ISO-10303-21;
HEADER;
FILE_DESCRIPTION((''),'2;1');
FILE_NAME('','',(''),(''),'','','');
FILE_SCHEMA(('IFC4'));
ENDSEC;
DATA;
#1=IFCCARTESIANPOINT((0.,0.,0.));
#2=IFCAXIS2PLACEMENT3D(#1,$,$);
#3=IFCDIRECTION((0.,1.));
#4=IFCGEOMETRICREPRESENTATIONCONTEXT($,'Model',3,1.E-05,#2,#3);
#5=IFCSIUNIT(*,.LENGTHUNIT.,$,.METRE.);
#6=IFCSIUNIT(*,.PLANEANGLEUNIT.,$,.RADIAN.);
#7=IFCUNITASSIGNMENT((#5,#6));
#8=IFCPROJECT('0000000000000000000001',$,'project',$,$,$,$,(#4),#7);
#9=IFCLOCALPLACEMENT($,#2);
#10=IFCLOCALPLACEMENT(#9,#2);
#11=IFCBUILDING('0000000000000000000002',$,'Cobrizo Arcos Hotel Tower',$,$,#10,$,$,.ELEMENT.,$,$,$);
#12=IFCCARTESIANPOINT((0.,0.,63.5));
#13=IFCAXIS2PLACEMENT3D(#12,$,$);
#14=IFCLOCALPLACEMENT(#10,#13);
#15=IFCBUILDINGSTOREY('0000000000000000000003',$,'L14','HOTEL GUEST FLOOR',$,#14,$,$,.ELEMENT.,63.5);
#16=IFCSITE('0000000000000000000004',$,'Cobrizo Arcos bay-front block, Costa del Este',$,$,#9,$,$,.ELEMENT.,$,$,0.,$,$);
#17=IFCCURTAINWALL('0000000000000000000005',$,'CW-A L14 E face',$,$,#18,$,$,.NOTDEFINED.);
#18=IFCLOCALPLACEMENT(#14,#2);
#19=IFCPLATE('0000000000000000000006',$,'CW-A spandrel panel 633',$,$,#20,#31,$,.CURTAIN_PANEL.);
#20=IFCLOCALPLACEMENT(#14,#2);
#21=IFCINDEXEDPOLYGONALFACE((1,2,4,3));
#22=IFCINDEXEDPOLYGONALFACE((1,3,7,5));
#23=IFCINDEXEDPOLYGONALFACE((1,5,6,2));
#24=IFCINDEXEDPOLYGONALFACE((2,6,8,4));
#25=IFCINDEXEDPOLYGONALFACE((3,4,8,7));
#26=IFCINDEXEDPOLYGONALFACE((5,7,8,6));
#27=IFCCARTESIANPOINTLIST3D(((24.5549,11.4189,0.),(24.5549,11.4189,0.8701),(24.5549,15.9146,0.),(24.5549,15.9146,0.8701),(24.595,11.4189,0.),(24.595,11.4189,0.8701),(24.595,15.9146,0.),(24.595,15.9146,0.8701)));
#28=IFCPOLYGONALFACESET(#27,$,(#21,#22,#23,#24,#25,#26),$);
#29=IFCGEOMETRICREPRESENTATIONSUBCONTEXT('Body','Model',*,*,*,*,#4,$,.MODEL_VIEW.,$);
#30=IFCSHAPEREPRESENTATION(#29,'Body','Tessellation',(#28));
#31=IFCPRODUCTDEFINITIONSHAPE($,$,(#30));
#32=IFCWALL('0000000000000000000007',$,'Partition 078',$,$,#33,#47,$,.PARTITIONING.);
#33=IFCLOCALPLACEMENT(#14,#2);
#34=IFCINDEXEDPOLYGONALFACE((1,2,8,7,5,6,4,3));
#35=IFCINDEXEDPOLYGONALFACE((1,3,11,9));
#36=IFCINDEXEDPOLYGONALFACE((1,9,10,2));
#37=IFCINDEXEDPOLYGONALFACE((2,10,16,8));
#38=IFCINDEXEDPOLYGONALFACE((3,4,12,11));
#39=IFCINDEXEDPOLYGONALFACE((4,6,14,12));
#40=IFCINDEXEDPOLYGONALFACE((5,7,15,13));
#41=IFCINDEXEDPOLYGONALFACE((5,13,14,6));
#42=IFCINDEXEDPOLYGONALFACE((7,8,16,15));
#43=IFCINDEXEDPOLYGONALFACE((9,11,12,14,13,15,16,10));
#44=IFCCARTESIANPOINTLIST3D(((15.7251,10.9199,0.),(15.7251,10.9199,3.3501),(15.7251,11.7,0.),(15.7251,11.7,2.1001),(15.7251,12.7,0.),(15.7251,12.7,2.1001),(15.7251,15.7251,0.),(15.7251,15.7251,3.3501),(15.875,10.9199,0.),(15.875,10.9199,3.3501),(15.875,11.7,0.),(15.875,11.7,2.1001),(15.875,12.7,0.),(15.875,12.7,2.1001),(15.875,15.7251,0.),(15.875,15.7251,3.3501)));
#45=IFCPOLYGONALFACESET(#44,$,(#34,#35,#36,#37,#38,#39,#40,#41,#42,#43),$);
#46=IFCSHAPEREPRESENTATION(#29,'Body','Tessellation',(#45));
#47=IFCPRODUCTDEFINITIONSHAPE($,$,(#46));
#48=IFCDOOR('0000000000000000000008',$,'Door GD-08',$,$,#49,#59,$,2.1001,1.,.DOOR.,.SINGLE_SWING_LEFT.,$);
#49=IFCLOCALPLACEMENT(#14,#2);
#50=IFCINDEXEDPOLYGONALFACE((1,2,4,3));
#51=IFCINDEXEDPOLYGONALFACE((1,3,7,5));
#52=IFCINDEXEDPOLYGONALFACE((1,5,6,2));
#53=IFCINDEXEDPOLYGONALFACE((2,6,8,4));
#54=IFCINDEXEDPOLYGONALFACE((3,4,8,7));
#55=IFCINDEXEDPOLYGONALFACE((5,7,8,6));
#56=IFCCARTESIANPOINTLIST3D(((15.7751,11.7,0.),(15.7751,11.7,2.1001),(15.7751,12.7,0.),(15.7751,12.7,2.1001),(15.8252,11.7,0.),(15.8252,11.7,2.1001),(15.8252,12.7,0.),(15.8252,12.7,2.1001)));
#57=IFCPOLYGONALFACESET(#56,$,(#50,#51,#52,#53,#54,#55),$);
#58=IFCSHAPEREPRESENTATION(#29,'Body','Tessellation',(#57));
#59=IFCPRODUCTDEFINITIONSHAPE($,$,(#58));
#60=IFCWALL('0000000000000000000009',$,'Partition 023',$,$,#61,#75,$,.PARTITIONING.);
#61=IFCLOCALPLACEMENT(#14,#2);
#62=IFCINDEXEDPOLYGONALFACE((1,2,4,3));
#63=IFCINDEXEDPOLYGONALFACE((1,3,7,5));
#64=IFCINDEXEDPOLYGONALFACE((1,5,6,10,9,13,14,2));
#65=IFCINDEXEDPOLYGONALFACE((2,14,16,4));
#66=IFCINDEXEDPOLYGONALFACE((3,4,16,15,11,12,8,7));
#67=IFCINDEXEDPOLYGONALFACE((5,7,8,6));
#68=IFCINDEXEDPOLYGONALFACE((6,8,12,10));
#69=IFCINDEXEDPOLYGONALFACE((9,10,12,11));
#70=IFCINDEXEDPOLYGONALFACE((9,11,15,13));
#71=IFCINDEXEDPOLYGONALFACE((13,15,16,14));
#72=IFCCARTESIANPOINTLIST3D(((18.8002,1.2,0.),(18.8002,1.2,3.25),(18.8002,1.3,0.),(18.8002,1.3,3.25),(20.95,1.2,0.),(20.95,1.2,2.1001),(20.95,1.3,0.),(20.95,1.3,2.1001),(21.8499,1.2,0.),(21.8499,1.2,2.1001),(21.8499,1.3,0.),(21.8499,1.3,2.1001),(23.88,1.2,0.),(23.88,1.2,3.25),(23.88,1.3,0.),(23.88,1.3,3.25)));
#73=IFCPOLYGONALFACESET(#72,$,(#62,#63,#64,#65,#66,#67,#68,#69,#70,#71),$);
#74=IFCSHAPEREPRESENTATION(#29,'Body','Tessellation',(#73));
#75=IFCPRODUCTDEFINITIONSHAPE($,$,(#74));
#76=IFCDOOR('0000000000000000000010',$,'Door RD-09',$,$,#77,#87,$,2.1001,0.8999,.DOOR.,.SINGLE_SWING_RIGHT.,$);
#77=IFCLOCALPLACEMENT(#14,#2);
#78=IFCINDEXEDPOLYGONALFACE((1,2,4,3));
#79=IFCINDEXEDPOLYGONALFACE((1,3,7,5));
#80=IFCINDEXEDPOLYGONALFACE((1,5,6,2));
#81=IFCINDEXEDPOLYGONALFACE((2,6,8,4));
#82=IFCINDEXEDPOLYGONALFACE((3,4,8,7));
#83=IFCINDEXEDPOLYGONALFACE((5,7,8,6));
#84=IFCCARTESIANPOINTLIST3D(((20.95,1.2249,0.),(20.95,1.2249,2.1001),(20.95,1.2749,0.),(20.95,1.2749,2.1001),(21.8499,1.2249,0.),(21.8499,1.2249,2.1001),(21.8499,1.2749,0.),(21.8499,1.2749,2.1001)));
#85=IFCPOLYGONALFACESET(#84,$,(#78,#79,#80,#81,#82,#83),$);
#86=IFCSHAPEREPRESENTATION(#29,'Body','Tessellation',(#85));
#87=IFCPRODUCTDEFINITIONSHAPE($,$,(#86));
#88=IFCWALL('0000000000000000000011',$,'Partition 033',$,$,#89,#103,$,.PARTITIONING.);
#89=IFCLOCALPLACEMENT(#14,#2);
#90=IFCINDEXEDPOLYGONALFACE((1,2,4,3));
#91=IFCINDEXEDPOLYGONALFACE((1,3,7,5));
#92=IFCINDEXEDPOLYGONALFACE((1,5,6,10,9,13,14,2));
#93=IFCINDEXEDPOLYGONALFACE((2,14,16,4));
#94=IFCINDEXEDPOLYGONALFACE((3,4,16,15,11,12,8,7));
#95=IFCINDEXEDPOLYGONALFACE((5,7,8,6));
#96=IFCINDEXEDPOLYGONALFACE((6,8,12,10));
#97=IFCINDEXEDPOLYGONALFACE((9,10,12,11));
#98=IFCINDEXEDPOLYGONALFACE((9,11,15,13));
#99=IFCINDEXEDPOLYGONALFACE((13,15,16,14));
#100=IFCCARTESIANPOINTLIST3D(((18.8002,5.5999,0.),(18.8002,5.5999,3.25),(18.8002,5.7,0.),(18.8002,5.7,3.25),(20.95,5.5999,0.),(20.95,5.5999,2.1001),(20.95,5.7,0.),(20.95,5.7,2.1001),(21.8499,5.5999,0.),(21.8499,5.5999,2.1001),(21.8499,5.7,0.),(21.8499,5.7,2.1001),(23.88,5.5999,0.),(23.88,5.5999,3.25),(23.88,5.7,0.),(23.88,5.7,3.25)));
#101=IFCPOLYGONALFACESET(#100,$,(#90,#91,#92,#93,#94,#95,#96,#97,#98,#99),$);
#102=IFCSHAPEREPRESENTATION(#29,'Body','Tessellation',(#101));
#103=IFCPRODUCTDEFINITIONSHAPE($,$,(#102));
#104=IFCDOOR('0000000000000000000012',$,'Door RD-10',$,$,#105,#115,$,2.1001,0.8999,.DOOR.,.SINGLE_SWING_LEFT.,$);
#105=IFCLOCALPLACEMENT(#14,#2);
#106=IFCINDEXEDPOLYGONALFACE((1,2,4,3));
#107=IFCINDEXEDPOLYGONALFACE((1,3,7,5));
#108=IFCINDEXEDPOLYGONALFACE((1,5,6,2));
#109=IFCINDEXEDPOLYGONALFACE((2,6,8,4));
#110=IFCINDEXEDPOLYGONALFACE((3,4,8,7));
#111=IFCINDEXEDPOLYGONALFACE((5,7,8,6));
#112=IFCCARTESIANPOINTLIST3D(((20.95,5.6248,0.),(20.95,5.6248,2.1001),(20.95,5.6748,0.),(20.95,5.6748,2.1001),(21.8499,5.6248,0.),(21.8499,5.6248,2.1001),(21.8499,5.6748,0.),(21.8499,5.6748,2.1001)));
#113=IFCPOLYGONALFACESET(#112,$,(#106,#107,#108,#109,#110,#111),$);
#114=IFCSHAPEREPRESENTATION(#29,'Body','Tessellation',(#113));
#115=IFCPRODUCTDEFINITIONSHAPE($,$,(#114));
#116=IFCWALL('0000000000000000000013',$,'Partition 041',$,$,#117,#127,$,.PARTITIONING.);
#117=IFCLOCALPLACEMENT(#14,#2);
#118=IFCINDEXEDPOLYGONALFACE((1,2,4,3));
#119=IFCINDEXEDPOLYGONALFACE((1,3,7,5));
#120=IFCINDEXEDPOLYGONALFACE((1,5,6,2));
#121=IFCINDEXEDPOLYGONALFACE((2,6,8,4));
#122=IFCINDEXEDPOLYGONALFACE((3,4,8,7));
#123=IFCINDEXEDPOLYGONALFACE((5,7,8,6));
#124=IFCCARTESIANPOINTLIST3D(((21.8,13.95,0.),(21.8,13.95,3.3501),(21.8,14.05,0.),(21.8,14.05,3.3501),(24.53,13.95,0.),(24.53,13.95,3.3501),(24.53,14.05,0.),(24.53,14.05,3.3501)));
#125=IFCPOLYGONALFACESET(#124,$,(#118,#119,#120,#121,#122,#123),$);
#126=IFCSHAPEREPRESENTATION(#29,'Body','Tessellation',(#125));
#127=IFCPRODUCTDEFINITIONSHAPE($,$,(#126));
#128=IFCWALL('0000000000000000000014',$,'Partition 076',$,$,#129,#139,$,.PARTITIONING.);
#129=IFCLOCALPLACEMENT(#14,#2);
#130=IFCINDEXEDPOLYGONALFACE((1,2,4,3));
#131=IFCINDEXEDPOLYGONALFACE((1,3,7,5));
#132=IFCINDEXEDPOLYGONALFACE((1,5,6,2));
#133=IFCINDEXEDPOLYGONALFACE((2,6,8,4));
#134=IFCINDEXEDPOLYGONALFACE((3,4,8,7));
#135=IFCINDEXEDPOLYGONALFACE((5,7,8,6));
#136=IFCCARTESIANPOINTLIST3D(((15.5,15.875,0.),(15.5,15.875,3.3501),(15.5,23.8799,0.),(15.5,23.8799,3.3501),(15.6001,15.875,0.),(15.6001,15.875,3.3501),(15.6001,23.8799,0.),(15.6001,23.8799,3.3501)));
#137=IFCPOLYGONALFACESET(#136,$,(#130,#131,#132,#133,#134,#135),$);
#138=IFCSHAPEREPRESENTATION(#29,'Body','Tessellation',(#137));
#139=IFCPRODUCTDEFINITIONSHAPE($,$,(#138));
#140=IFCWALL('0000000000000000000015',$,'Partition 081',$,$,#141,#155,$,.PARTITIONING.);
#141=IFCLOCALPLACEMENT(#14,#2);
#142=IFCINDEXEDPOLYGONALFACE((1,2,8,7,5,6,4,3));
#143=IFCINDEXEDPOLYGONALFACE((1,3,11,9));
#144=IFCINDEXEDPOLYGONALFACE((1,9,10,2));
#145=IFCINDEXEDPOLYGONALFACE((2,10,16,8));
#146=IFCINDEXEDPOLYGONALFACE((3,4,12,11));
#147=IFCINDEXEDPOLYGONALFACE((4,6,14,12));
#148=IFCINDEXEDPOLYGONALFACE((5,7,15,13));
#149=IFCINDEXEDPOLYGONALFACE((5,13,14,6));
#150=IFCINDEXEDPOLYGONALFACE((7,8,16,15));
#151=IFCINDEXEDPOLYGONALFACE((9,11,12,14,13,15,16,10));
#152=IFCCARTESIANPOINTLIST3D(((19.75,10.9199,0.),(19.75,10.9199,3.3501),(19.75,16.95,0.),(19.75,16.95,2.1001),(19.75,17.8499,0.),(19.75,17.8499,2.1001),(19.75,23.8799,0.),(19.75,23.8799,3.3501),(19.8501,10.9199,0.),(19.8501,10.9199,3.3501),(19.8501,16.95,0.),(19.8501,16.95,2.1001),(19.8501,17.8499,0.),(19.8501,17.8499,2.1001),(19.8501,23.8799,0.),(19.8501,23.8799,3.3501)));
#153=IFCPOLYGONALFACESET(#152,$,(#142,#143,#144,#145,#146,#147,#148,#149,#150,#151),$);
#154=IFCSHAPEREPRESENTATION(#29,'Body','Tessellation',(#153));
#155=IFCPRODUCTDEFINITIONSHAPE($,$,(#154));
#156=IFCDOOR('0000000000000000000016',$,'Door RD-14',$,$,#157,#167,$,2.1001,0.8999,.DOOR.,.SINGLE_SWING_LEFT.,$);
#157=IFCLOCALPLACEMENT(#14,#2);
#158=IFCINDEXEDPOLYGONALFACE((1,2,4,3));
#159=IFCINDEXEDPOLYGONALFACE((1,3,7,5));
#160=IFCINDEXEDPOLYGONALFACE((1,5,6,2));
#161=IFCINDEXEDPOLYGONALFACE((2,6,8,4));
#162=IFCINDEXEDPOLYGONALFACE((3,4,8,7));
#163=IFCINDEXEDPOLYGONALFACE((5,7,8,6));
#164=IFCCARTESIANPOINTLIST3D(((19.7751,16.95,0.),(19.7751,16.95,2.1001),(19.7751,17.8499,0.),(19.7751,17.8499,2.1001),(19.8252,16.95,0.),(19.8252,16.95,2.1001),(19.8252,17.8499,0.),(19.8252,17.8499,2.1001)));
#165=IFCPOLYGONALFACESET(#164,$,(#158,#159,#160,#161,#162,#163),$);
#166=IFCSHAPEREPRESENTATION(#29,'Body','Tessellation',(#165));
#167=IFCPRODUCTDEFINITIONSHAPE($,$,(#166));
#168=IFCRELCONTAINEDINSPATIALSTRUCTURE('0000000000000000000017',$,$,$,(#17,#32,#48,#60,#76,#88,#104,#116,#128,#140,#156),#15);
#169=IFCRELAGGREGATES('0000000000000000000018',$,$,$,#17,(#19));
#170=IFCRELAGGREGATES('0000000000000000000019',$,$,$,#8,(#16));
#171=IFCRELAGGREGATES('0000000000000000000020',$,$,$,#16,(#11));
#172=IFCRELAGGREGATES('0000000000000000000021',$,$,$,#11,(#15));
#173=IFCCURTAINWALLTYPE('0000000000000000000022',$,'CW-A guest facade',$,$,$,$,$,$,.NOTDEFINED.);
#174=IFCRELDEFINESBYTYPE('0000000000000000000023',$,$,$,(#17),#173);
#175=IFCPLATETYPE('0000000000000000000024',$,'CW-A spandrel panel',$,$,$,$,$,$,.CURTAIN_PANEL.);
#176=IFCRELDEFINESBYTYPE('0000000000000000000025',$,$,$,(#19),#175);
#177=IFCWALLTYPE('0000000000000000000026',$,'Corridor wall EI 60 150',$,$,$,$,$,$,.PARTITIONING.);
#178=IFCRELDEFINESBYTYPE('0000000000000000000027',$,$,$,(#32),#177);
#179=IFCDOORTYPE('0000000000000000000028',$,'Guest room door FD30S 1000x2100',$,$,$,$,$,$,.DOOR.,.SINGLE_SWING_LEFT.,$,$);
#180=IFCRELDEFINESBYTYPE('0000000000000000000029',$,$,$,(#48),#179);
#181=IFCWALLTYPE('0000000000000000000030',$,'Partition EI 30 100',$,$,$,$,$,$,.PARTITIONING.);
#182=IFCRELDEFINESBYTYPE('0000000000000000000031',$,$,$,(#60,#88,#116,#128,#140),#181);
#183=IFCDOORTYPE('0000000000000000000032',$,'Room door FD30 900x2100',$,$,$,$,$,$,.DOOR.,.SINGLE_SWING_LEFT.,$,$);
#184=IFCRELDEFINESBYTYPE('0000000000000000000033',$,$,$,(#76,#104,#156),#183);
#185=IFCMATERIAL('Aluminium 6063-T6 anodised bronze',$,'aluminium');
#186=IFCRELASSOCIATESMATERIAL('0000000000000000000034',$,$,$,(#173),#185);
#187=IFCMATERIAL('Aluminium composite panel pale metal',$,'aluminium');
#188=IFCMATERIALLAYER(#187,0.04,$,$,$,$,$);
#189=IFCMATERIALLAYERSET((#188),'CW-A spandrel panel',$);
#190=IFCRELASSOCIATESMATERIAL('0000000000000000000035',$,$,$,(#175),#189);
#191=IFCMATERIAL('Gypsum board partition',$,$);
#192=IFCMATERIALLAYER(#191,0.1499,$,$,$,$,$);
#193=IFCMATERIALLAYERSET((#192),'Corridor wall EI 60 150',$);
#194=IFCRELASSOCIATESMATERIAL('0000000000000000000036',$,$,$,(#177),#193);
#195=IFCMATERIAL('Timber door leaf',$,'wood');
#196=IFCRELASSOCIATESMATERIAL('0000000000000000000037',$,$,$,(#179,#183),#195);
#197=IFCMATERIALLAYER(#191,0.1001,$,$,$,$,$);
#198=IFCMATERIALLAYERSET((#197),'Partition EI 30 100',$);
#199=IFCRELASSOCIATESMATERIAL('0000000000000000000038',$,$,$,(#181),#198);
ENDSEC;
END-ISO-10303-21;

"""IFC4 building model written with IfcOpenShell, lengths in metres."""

from ifc_helpers import new_model, si_unit, direction, frame, frame_2d, origin, origin_2d, place, context, subcontext, project, spatial, rectangle, extrude, material, layer, layer_set, type_object, element, fill, aggregate, save


model = new_model("IFC4")

# Units and contexts
model_context = context("Model", 3, precision=1e-05, world=origin(), true_north=direction((0.0, 1.0)))
body_context = subcontext(model_context, "Body", "Model", "MODEL_VIEW")
ifc_project = project(units=[si_unit("LENGTHUNIT", "METRE"), si_unit("PLANEANGLEUNIT", "RADIAN")], contexts=[model_context])

# Site, building, storey
site_placement = place(None, origin())
site = spatial("IfcSite", under=ifc_project, at=site_placement, Name="Cobrizo Arcos bay-front block, Costa del Este", CompositionType="ELEMENT", RefElevation=0.0)
building_placement = place(site_placement, origin())
building = spatial("IfcBuilding", under=site, at=building_placement, Name="Cobrizo Arcos Hotel Tower", CompositionType="ELEMENT")
storey_placement = place(building_placement, frame((0.0, 0.0, 63.5)))
storey = spatial("IfcBuildingStorey", under=building, at=storey_placement, Name="L14", Description="HOTEL GUEST FLOOR", CompositionType="ELEMENT", Elevation=63.5)

# Curtain wall
ifc_material_1 = material(Name="Aluminium 6063-T6 anodised bronze", Category="aluminium")
curtain_wall_type = type_object("IfcCurtainWallType", Name="CW-A guest facade", PredefinedType="NOTDEFINED", material=ifc_material_1)
curtain_wall_placement = place(storey_placement, origin())
curtain_wall = element("IfcCurtainWall", 1, at=curtain_wall_placement, inside=storey, type_object=curtain_wall_type, Name="CW-A L14 E face", PredefinedType="NOTDEFINED")

# Plate
ifc_material_2 = material(Name="Aluminium composite panel pale metal", Category="aluminium")
ifc_layer_1 = layer(ifc_material_2, 0.04)
ifc_layer_set_1 = layer_set([ifc_layer_1], Name="CW-A spandrel panel")
plate_type_1 = type_object("IfcPlateType", Name="CW-A spandrel panel", PredefinedType="CURTAIN_PANEL", material=ifc_layer_set_1)
plate_1_placement = place(storey_placement, frame((24.575, 13.6667, 0.0), z_axis=(0.0, 0.0, 1.0), x_axis=(0.0, 1.0, 0.0)))
plate_1 = element("IfcPlate", 2, at=plate_1_placement, type_object=plate_type_1, Name="CW-A spandrel panel 633", PredefinedType="CURTAIN_PANEL", context=body_context, shape_type="SweptSolid", body=[
    extrude(rectangle(XDim=4.4956, YDim=0.04, at=origin_2d()), origin(), (0.0, 0.0, 1.0), 0.8701),
])
aggregate(curtain_wall, [plate_1])

# Walls, openings, doors
ifc_material_3 = material(Name="Gypsum board partition")
ifc_layer_2 = layer(ifc_material_3, 0.1499)
ifc_layer_set_2 = layer_set([ifc_layer_2], Name="Corridor wall EI 60 150")
wall_type_1 = type_object("IfcWallType", Name="Corridor wall EI 60 150", PredefinedType="PARTITIONING", material=ifc_layer_set_2)
wall_1_placement = place(storey_placement, frame((15.8, 10.9199, 0.0), z_axis=(0.0, 0.0, 1.0), x_axis=(0.0, 1.0, 0.0)))
wall_1 = element("IfcWall", 3, at=wall_1_placement, inside=storey, type_object=wall_type_1, Name="Partition 078", PredefinedType="PARTITIONING", context=body_context, shape_type="SweptSolid", body=[
    extrude(rectangle(XDim=4.8052, YDim=0.1499, at=frame_2d((2.4026, 0.0))), origin(), (0.0, 0.0, 1.0), 3.3501),
])
opening_1_placement = place(wall_1_placement, frame((0.78, 0.0, 0.0)))
opening_1 = element("IfcOpeningElement", 4, at=opening_1_placement, cuts=wall_1, PredefinedType="OPENING", context=body_context, shape_type="SweptSolid", body=[
    extrude(rectangle(XDim=1.0, YDim=2.1001, at=frame_2d((0.5, 1.05))), frame((0.0, 0.0869, 0.0), z_axis=(0.0, -1.0, 0.0), x_axis=(1.0, 0.0, 0.0)), (0.0, 0.0, 1.0), 0.1738),
])
ifc_material_4 = material(Name="Timber door leaf", Category="wood")
door_type_1 = type_object("IfcDoorType", Name="Guest room door FD30S 1000x2100", OperationType="SINGLE_SWING_LEFT", PredefinedType="DOOR", material=ifc_material_4)
door_1_placement = place(opening_1_placement, origin())
door_1 = element("IfcDoor", 5, at=door_1_placement, inside=storey, type_object=door_type_1, Name="Door GD-08", OperationType="SINGLE_SWING_LEFT", OverallHeight=2.1001, OverallWidth=1.0, PredefinedType="DOOR", context=body_context, shape_type="SweptSolid", body=[
    extrude(rectangle(XDim=1.0, YDim=2.1001, at=frame_2d((0.5, 1.05))), frame((0.0, 0.0249, 0.0), z_axis=(0.0, -1.0, 0.0), x_axis=(1.0, 0.0, 0.0)), (0.0, 0.0, 1.0), 0.05),
])
fill(opening_1, door_1)
ifc_layer_3 = layer(ifc_material_3, 0.1001)
ifc_layer_set_3 = layer_set([ifc_layer_3], Name="Partition EI 30 100")
wall_type_2 = type_object("IfcWallType", Name="Partition EI 30 100", PredefinedType="PARTITIONING", material=ifc_layer_set_3)
wall_2_placement = place(storey_placement, frame((18.8, 1.25, 0.0), z_axis=(0.0, 0.0, 1.0), x_axis=(1.0, 0.0, 0.0)))
wall_2 = element("IfcWall", 6, at=wall_2_placement, inside=storey, type_object=wall_type_2, Name="Partition 023", PredefinedType="PARTITIONING", context=body_context, shape_type="SweptSolid", body=[
    extrude(rectangle(XDim=5.0798, YDim=0.1001, at=frame_2d((2.54, 0.0))), origin(), (0.0, 0.0, 1.0), 3.25),
])
opening_2_placement = place(wall_2_placement, frame((2.1499, 0.0, 0.0)))
opening_2 = element("IfcOpeningElement", 7, at=opening_2_placement, cuts=wall_2, PredefinedType="OPENING", context=body_context, shape_type="SweptSolid", body=[
    extrude(rectangle(XDim=0.8999, YDim=2.1001, at=frame_2d((0.45, 1.05))), frame((0.0, 0.062, 0.0), z_axis=(0.0, -1.0, 0.0), x_axis=(1.0, 0.0, 0.0)), (0.0, 0.0, 1.0), 0.124),
])
door_type_2 = type_object("IfcDoorType", Name="Room door FD30 900x2100", OperationType="SINGLE_SWING_LEFT", PredefinedType="DOOR", material=ifc_material_4)
door_2_placement = place(opening_2_placement, origin())
door_2 = element("IfcDoor", 8, at=door_2_placement, inside=storey, type_object=door_type_2, Name="Door RD-09", OperationType="SINGLE_SWING_RIGHT", OverallHeight=2.1001, OverallWidth=0.8999, PredefinedType="DOOR", context=body_context, shape_type="SweptSolid", body=[
    extrude(rectangle(XDim=0.8999, YDim=2.1001, at=frame_2d((0.45, 1.05))), frame((0.0, 0.0249, 0.0), z_axis=(0.0, -1.0, 0.0), x_axis=(1.0, 0.0, 0.0)), (0.0, 0.0, 1.0), 0.05),
])
fill(opening_2, door_2)
wall_3_placement = place(storey_placement, frame((18.8, 5.6499, 0.0), z_axis=(0.0, 0.0, 1.0), x_axis=(1.0, 0.0, 0.0)))
wall_3 = element("IfcWall", 9, at=wall_3_placement, inside=storey, type_object=wall_type_2, Name="Partition 033", PredefinedType="PARTITIONING", context=body_context, shape_type="SweptSolid", body=[
    extrude(rectangle(XDim=5.0798, YDim=0.1001, at=frame_2d((2.54, 0.0))), origin(), (0.0, 0.0, 1.0), 3.25),
])
opening_3_placement = place(wall_3_placement, frame((2.1499, 0.0, 0.0)))
opening_3 = element("IfcOpeningElement", 10, at=opening_3_placement, cuts=wall_3, PredefinedType="OPENING", context=body_context, shape_type="SweptSolid", body=[
    extrude(rectangle(XDim=0.8999, YDim=2.1001, at=frame_2d((0.45, 1.05))), frame((0.0, 0.062, 0.0), z_axis=(0.0, -1.0, 0.0), x_axis=(1.0, 0.0, 0.0)), (0.0, 0.0, 1.0), 0.124),
])
door_3_placement = place(opening_3_placement, origin())
door_3 = element("IfcDoor", 11, at=door_3_placement, inside=storey, type_object=door_type_2, Name="Door RD-10", OperationType="SINGLE_SWING_LEFT", OverallHeight=2.1001, OverallWidth=0.8999, PredefinedType="DOOR", context=body_context, shape_type="SweptSolid", body=[
    extrude(rectangle(XDim=0.8999, YDim=2.1001, at=frame_2d((0.45, 1.05))), frame((0.0, 0.0249, 0.0), z_axis=(0.0, -1.0, 0.0), x_axis=(1.0, 0.0, 0.0)), (0.0, 0.0, 1.0), 0.05),
])
fill(opening_3, door_3)

# Walls
wall_4_placement = place(storey_placement, frame((21.8, 14.0, 0.0), z_axis=(0.0, 0.0, 1.0), x_axis=(1.0, 0.0, 0.0)))
element("IfcWall", 12, at=wall_4_placement, inside=storey, type_object=wall_type_2, Name="Partition 041", PredefinedType="PARTITIONING", context=body_context, shape_type="SweptSolid", body=[
    extrude(rectangle(XDim=2.73, YDim=0.1001, at=frame_2d((1.365, 0.0))), origin(), (0.0, 0.0, 1.0), 3.3501),
])
wall_5_placement = place(storey_placement, frame((15.55, 15.875, 0.0), z_axis=(0.0, 0.0, 1.0), x_axis=(0.0, 1.0, 0.0)))
element("IfcWall", 13, at=wall_5_placement, inside=storey, type_object=wall_type_2, Name="Partition 076", PredefinedType="PARTITIONING", context=body_context, shape_type="SweptSolid", body=[
    extrude(rectangle(XDim=8.0049, YDim=0.1001, at=frame_2d((4.0024, 0.0))), origin(), (0.0, 0.0, 1.0), 3.3501),
])

# Wall, opening, door
wall_6_placement = place(storey_placement, frame((19.8, 10.9199, 0.0), z_axis=(0.0, 0.0, 1.0), x_axis=(0.0, 1.0, 0.0)))
wall_6 = element("IfcWall", 14, at=wall_6_placement, inside=storey, type_object=wall_type_2, Name="Partition 081", PredefinedType="PARTITIONING", context=body_context, shape_type="SweptSolid", body=[
    extrude(rectangle(XDim=12.96, YDim=0.1001, at=frame_2d((6.48, 0.0))), origin(), (0.0, 0.0, 1.0), 3.3501),
])
opening_4_placement = place(wall_6_placement, frame((6.03, 0.0, 0.0)))
opening_4 = element("IfcOpeningElement", 15, at=opening_4_placement, cuts=wall_6, PredefinedType="OPENING", context=body_context, shape_type="SweptSolid", body=[
    extrude(rectangle(XDim=0.8999, YDim=2.1001, at=frame_2d((0.45, 1.05))), frame((0.0, 0.062, 0.0), z_axis=(0.0, -1.0, 0.0), x_axis=(1.0, 0.0, 0.0)), (0.0, 0.0, 1.0), 0.124),
])
door_4_placement = place(opening_4_placement, origin())
door_4 = element("IfcDoor", 16, at=door_4_placement, inside=storey, type_object=door_type_2, Name="Door RD-14", OperationType="SINGLE_SWING_LEFT", OverallHeight=2.1001, OverallWidth=0.8999, PredefinedType="DOOR", context=body_context, shape_type="SweptSolid", body=[
    extrude(rectangle(XDim=0.8999, YDim=2.1001, at=frame_2d((0.45, 1.05))), frame((0.0, 0.0249, 0.0), z_axis=(0.0, -1.0, 0.0), x_axis=(1.0, 0.0, 0.0)), (0.0, 0.0, 1.0), 0.05),
])
fill(opening_4, door_4)

save(model, "model.ifc")
